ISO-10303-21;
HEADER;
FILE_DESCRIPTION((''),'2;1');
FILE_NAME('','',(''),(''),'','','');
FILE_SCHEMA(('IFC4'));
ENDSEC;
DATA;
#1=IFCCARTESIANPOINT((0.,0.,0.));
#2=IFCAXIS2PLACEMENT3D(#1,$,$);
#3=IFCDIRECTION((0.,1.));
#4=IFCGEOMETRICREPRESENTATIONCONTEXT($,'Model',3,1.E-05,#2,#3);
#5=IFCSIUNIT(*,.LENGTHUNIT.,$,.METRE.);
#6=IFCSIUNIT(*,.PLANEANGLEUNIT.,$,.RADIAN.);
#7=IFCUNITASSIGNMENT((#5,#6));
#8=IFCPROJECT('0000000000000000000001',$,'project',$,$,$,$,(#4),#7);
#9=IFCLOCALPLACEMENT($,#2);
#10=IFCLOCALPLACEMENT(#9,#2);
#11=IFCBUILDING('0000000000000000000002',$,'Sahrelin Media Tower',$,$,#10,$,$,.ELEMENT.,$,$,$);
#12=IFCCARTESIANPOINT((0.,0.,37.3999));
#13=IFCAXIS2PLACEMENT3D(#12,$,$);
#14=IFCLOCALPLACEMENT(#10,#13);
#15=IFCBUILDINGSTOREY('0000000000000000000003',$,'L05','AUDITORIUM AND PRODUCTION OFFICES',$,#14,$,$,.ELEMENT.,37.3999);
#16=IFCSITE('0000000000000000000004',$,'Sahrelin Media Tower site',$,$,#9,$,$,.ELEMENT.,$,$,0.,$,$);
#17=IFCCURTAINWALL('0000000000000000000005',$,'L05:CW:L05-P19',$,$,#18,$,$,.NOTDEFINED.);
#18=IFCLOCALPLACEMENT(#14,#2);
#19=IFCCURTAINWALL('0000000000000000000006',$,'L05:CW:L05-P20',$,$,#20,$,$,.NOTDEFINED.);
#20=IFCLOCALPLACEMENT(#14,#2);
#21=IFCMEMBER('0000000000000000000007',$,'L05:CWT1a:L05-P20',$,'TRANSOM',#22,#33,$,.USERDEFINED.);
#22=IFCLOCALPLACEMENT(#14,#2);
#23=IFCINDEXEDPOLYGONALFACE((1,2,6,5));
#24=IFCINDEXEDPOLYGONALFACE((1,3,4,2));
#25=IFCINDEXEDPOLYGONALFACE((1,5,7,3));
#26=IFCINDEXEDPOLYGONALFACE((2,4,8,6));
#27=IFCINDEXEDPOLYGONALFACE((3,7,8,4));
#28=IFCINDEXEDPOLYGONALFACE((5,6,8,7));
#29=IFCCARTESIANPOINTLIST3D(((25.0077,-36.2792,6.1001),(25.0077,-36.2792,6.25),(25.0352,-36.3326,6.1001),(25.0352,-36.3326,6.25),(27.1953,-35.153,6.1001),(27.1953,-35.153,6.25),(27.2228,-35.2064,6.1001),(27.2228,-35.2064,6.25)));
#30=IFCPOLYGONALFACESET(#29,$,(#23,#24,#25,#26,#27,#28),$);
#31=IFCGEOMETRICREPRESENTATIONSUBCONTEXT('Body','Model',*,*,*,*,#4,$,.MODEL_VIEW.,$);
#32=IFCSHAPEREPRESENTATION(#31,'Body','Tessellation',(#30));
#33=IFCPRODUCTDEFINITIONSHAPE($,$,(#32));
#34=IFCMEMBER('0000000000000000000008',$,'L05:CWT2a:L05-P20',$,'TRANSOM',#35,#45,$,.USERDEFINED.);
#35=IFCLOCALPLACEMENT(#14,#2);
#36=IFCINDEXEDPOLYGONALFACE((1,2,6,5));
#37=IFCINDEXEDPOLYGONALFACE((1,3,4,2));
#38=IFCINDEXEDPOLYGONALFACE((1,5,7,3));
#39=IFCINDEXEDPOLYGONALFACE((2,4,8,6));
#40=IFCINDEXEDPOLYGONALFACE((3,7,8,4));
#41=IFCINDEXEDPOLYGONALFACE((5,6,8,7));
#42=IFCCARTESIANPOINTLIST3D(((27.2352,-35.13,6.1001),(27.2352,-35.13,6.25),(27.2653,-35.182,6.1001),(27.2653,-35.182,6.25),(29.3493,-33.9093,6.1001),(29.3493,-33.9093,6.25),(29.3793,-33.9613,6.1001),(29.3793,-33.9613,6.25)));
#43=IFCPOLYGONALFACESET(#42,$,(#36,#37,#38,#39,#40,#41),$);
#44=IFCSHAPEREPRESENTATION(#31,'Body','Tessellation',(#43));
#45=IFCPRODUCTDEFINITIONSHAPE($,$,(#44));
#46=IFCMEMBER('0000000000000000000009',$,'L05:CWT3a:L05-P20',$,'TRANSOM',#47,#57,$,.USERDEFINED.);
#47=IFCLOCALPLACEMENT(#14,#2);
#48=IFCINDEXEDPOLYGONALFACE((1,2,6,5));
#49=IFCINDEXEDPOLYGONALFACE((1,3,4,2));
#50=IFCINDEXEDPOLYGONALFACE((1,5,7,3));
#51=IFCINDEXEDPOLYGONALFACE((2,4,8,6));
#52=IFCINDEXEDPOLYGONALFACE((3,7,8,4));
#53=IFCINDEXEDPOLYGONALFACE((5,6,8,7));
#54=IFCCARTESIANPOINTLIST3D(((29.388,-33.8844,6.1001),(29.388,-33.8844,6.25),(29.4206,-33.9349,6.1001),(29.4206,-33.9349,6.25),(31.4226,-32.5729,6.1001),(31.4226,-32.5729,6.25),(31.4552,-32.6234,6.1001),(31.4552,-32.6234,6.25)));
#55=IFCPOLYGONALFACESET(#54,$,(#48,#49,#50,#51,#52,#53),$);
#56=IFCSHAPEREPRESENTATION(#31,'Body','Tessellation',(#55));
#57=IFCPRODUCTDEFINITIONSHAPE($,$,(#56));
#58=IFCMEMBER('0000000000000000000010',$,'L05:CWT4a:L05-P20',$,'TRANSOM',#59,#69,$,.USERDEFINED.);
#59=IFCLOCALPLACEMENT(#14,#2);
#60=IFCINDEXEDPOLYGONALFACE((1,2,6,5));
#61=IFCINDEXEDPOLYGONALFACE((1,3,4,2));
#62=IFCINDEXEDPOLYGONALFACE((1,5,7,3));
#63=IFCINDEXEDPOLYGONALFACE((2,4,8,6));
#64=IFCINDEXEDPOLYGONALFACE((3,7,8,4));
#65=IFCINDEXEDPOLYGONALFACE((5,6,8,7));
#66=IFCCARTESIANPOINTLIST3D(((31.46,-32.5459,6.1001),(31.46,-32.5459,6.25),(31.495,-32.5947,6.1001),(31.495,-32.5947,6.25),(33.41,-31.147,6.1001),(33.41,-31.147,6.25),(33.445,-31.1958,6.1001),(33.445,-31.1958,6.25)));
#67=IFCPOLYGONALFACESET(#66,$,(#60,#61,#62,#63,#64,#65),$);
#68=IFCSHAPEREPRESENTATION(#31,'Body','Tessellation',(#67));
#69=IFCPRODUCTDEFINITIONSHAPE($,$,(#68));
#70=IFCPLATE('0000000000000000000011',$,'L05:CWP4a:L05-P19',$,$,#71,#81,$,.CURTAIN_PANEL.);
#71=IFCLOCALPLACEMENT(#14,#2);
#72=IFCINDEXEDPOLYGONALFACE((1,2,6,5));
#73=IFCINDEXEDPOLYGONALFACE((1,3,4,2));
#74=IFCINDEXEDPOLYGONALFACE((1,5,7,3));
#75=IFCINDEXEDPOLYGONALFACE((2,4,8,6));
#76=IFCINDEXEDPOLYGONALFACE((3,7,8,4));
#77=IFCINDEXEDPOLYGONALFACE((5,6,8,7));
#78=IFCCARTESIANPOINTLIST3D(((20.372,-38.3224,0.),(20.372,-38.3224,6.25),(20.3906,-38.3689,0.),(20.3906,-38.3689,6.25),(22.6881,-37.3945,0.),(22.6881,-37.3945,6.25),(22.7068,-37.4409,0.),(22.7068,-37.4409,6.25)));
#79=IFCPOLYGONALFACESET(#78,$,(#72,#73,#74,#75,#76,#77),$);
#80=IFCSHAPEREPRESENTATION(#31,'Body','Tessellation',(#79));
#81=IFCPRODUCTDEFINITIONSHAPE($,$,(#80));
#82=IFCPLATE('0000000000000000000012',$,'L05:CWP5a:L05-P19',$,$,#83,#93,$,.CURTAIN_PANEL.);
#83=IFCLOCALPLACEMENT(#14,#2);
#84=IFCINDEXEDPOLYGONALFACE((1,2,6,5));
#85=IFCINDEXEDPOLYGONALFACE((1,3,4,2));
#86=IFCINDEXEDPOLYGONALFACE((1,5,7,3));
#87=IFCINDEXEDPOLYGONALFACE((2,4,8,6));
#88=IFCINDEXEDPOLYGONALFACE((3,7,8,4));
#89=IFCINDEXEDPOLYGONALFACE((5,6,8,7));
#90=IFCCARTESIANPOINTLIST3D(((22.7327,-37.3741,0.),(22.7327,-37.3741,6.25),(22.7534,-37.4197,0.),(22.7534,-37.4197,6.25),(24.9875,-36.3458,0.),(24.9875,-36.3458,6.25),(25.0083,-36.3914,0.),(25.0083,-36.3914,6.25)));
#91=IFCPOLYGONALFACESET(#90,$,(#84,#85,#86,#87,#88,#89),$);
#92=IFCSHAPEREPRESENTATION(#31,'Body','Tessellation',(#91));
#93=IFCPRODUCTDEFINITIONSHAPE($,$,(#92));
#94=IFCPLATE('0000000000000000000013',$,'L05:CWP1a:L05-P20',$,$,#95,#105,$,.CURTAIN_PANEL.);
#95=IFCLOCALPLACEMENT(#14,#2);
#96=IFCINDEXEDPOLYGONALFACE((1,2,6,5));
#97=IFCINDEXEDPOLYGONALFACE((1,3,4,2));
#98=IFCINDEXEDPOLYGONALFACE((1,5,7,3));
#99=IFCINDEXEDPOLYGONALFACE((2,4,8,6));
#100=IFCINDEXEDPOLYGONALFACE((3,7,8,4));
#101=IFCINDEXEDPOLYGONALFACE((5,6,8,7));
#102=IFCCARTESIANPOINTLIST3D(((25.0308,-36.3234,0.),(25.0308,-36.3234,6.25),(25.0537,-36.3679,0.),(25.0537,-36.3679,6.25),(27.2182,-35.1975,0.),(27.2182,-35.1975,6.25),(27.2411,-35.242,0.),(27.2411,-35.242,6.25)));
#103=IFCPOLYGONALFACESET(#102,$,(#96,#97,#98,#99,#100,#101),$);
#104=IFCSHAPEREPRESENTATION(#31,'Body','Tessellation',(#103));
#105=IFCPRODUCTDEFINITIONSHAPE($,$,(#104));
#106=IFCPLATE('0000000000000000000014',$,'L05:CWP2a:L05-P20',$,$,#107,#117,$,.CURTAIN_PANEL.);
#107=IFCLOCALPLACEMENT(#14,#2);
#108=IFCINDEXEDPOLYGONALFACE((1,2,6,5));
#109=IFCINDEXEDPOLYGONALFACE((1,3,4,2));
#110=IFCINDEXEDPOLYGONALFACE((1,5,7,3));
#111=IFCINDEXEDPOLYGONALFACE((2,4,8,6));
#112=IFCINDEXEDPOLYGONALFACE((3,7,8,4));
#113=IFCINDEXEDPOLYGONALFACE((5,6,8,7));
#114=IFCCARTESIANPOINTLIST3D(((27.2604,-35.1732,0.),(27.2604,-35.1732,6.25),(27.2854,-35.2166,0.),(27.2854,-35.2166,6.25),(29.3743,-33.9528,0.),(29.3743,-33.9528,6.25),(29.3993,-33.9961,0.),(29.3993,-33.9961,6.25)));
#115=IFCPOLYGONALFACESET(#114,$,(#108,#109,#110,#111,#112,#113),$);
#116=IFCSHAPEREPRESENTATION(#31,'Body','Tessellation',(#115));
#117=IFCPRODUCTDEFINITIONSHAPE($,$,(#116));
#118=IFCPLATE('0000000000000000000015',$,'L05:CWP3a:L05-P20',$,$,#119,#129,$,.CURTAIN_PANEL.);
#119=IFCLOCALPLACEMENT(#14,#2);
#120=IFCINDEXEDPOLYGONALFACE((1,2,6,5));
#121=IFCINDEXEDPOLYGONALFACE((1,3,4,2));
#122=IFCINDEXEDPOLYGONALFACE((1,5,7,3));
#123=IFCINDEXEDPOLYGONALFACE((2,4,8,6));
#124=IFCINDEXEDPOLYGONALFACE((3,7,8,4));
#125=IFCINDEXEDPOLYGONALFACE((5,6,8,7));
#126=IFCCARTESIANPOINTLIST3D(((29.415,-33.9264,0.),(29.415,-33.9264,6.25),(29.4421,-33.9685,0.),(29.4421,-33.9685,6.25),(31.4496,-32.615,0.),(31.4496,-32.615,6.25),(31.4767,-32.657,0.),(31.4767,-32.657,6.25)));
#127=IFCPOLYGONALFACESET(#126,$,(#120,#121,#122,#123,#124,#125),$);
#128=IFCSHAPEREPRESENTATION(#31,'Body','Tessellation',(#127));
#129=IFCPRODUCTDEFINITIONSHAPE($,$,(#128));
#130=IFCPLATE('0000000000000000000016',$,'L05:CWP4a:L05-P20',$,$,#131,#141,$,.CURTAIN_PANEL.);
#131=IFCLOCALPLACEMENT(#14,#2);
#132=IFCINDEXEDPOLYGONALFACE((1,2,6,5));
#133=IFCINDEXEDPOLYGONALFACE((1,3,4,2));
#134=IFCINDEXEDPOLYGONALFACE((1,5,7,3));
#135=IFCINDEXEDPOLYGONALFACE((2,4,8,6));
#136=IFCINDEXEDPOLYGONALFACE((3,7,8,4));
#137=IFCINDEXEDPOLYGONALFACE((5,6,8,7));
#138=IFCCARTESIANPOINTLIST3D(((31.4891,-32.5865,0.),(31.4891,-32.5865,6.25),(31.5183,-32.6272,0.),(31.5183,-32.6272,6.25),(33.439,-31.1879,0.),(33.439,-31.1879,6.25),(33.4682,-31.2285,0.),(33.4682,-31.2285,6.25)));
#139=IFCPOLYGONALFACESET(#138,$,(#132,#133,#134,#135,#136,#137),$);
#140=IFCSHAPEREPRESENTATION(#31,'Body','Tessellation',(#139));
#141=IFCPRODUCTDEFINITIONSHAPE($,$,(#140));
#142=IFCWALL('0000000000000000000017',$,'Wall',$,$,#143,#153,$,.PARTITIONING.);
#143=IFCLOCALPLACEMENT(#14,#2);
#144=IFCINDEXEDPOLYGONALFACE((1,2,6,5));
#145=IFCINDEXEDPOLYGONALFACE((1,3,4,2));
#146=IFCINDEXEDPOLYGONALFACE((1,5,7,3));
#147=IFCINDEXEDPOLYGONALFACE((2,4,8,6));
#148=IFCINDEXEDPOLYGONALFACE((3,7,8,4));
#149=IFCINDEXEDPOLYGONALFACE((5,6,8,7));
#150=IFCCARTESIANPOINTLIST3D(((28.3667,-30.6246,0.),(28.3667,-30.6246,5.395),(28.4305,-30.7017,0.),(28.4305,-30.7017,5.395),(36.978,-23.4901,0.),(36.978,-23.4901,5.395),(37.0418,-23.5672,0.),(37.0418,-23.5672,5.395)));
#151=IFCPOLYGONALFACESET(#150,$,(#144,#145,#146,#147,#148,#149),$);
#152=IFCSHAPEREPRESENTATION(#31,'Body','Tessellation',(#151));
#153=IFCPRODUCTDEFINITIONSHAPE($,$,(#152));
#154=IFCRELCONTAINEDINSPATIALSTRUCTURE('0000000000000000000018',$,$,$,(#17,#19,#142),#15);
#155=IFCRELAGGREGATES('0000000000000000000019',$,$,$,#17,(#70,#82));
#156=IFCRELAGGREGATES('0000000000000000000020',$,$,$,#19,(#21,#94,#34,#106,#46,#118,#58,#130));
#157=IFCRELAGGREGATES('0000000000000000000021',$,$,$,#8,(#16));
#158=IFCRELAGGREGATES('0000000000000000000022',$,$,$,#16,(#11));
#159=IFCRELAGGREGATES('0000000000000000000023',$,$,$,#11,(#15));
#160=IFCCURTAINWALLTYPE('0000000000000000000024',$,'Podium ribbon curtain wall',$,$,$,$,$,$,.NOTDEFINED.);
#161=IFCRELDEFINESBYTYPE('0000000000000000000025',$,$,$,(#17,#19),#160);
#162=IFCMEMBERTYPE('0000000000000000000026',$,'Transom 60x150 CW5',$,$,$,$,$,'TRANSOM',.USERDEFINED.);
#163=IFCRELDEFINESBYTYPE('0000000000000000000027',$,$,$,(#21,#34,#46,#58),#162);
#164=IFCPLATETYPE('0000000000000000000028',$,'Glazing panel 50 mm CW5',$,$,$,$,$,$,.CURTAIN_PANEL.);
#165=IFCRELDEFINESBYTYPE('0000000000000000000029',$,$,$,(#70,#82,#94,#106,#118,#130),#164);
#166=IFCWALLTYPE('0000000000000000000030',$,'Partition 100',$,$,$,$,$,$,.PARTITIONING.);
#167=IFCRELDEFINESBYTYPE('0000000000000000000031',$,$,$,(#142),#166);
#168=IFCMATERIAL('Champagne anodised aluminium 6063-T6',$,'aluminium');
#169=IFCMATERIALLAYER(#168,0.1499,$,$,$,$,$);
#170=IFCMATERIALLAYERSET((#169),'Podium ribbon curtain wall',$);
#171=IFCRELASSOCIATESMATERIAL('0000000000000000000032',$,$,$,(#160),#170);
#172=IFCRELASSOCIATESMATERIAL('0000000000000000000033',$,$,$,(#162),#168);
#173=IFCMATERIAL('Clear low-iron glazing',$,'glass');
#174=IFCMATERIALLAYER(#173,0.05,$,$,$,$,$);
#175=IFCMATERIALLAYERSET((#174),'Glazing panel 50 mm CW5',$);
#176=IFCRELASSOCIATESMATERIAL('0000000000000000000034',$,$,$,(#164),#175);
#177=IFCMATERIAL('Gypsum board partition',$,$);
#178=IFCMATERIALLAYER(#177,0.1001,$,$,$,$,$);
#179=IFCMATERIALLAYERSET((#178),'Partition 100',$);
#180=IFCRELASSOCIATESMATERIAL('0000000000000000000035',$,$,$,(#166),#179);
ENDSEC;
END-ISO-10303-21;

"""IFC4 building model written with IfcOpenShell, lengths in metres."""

from ifc_helpers import new_model, si_unit, direction, frame, frame_2d, origin, origin_2d, place, context, subcontext, project, spatial, polyline, rectangle, outline, extrude, material, layer, layer_set, material_profile, profile_set, type_object, element, aggregate, save


model = new_model("IFC4")

# Units and contexts
model_context = context("Model", 3, precision=1e-05, world=origin(), true_north=direction((0.0, 1.0)))
body_context = subcontext(model_context, "Body", "Model", "MODEL_VIEW")
ifc_project = project(units=[si_unit("LENGTHUNIT", "METRE"), si_unit("PLANEANGLEUNIT", "RADIAN")], contexts=[model_context])

# Site, building, storey
site_placement = place(None, origin())
site = spatial("IfcSite", under=ifc_project, at=site_placement, Name="Sahrelin Media Tower site", CompositionType="ELEMENT", RefElevation=0.0)
building_placement = place(site_placement, origin())
building = spatial("IfcBuilding", under=site, at=building_placement, Name="Sahrelin Media Tower", CompositionType="ELEMENT")
storey_placement = place(building_placement, frame((0.0, 0.0, 37.3999)))
storey = spatial("IfcBuildingStorey", under=building, at=storey_placement, Name="L05", Description="AUDITORIUM AND PRODUCTION OFFICES", CompositionType="ELEMENT", Elevation=37.3999)

# Curtain walls
ifc_material_1 = material(Name="Champagne anodised aluminium 6063-T6", Category="aluminium")
ifc_layer_1 = layer(ifc_material_1, 0.1499)
ifc_layer_set_1 = layer_set([ifc_layer_1], Name="Podium ribbon curtain wall")
curtain_wall_type = type_object("IfcCurtainWallType", Name="Podium ribbon curtain wall", PredefinedType="NOTDEFINED", material=ifc_layer_set_1)
curtain_wall_1_placement = place(storey_placement, frame((12.9409, -40.5688, 0.0), z_axis=(0.0, 0.0, 1.0), x_axis=(1.0, 0.0, 0.0)))
curtain_wall_1 = element("IfcCurtainWall", 1, at=curtain_wall_1_placement, inside=storey, type_object=curtain_wall_type, Name="L05:CW:L05-P19", PredefinedType="NOTDEFINED")
curtain_wall_2_placement = place(storey_placement, frame((25.0, -36.373, 0.0), z_axis=(0.0, 0.0, 1.0), x_axis=(1.0, 0.0, 0.0)))
curtain_wall_2 = element("IfcCurtainWall", 2, at=curtain_wall_2_placement, inside=storey, type_object=curtain_wall_type, Name="L05:CW:L05-P20", PredefinedType="NOTDEFINED")

# Members
ifc_material_profile_1 = material_profile(ifc_material_1, rectangle(XDim=0.0601, YDim=0.1499, at=origin_2d()), Name="Transom 60x150")
ifc_profile_set_1 = profile_set([ifc_material_profile_1], Name="Champagne anodised aluminium 6063-T6")
member_type_1 = type_object("IfcMemberType", Name="Transom 60x150 CW5", ElementType="TRANSOM", PredefinedType="USERDEFINED", material=ifc_profile_set_1)
member_1_placement = place(storey_placement, frame((25.0215, -36.3059, 6.175), z_axis=(0.889086, 0.45774, 0.0), x_axis=(-0.45774, 0.889086, 0.0)))
member_1 = element("IfcMember", 3, at=member_1_placement, type_object=member_type_1, Name="L05:CWT1a:L05-P20", ObjectType="TRANSOM", PredefinedType="USERDEFINED", context=body_context, shape_type="SweptSolid", body=[
    extrude(rectangle(XDim=0.0601, YDim=0.1499, at=origin_2d()), origin(), (0.0, 0.0, 1.0), 2.4604),
])
member_2_placement = place(storey_placement, frame((27.2502, -35.156, 6.175), z_axis=(0.865994, 0.500054, 0.0), x_axis=(-0.500054, 0.865994, 0.0)))
member_2 = element("IfcMember", 4, at=member_2_placement, type_object=member_type_1, Name="L05:CWT2a:L05-P20", ObjectType="TRANSOM", PredefinedType="USERDEFINED", context=body_context, shape_type="SweptSolid", body=[
    extrude(rectangle(XDim=0.0601, YDim=0.1499, at=origin_2d()), origin(), (0.0, 0.0, 1.0), 2.4412),
])
member_3_placement = place(storey_placement, frame((29.4043, -33.9097, 6.175), z_axis=(0.840516, 0.541787, 0.0), x_axis=(-0.541787, 0.840516, 0.0)))
member_3 = element("IfcMember", 5, at=member_3_placement, type_object=member_type_1, Name="L05:CWT3a:L05-P20", ObjectType="TRANSOM", PredefinedType="USERDEFINED", context=body_context, shape_type="SweptSolid", body=[
    extrude(rectangle(XDim=0.0601, YDim=0.1499, at=origin_2d()), origin(), (0.0, 0.0, 1.0), 2.4207),
])
member_4_placement = place(storey_placement, frame((31.4775, -32.5703, 6.175), z_axis=(0.812529, 0.582921, 0.0), x_axis=(-0.582921, 0.812529, 0.0)))
member_4 = element("IfcMember", 6, at=member_4_placement, type_object=member_type_1, Name="L05:CWT4a:L05-P20", ObjectType="TRANSOM", PredefinedType="USERDEFINED", context=body_context, shape_type="SweptSolid", body=[
    extrude(rectangle(XDim=0.0601, YDim=0.1499, at=origin_2d()), origin(), (0.0, 0.0, 1.0), 2.3999),
])

# Plates
ifc_material_2 = material(Name="Clear low-iron glazing", Category="glass")
ifc_layer_2 = layer(ifc_material_2, 0.05)
ifc_layer_set_2 = layer_set([ifc_layer_2], Name="Glazing panel 50 mm CW5")
plate_type = type_object("IfcPlateType", Name="Glazing panel 50 mm CW5", PredefinedType="CURTAIN_PANEL", material=ifc_layer_set_2)
plate_1_placement = place(storey_placement, frame((20.3906, -38.3689, 0.0), z_axis=(0.371914, -0.928267, 0.0), x_axis=(0.928267, 0.371914, 0.0)))
plate_1 = element("IfcPlate", 7, at=plate_1_placement, type_object=plate_type, Name="L05:CWP4a:L05-P19", PredefinedType="CURTAIN_PANEL", context=body_context, shape_type="SweptSolid", body=[
    extrude(outline(polyline([(0.0, 0.0), (2.4951, 0.0), (2.4951, 6.25), (0.0, 6.25), (0.0, 0.0)])), origin(), (0.0, 0.0, -1.0), 0.05),
])
plate_2_placement = place(storey_placement, frame((22.7534, -37.4197, 0.0), z_axis=(0.414931, -0.909853, 0.0), x_axis=(0.909853, 0.414931, 0.0)))
plate_2 = element("IfcPlate", 8, at=plate_2_placement, type_object=plate_type, Name="L05:CWP5a:L05-P19", PredefinedType="CURTAIN_PANEL", context=body_context, shape_type="SweptSolid", body=[
    extrude(outline(polyline([(0.0, 0.0), (2.4783, 0.0), (2.4783, 6.25), (0.0, 6.25), (0.0, 0.0)])), origin(), (0.0, 0.0, -1.0), 0.05),
])
aggregate(curtain_wall_1, [plate_1, plate_2])
plate_3_placement = place(storey_placement, frame((25.0537, -36.3679, 0.0), z_axis=(0.457662, -0.889126, 0.0), x_axis=(0.889126, 0.457662, 0.0)))
plate_3 = element("IfcPlate", 9, at=plate_3_placement, type_object=plate_type, Name="L05:CWP1a:L05-P20", PredefinedType="CURTAIN_PANEL", context=body_context, shape_type="SweptSolid", body=[
    extrude(outline(polyline([(0.0, 0.0), (2.4602, 0.0), (2.4602, 6.25), (0.0, 6.25), (0.0, 0.0)])), origin(), (0.0, 0.0, -1.0), 0.05),
])
plate_4_placement = place(storey_placement, frame((27.2854, -35.2166, 0.0), z_axis=(0.499979, -0.866037, 0.0), x_axis=(0.866037, 0.499979, 0.0)))
plate_4 = element("IfcPlate", 10, at=plate_4_placement, type_object=plate_type, Name="L05:CWP2a:L05-P20", PredefinedType="CURTAIN_PANEL", context=body_context, shape_type="SweptSolid", body=[
    extrude(outline(polyline([(0.0, 0.0), (2.4409, 0.0), (2.4409, 6.25), (0.0, 6.25), (0.0, 0.0)])), origin(), (0.0, 0.0, -1.0), 0.05),
])
plate_5_placement = place(storey_placement, frame((29.4421, -33.9685, 0.0), z_axis=(0.541787, -0.840516, 0.0), x_axis=(0.840516, 0.541787, 0.0)))
plate_5 = element("IfcPlate", 11, at=plate_5_placement, type_object=plate_type, Name="L05:CWP3a:L05-P20", PredefinedType="CURTAIN_PANEL", context=body_context, shape_type="SweptSolid", body=[
    extrude(outline(polyline([(0.0, 0.0), (2.4207, 0.0), (2.4207, 6.25), (0.0, 6.25), (0.0, 0.0)])), origin(), (0.0, 0.0, -1.0), 0.05),
])
plate_6_placement = place(storey_placement, frame((31.5183, -32.6272, 0.0), z_axis=(0.582854, -0.812577, 0.0), x_axis=(0.812577, 0.582854, 0.0)))
plate_6 = element("IfcPlate", 12, at=plate_6_placement, type_object=plate_type, Name="L05:CWP4a:L05-P20", PredefinedType="CURTAIN_PANEL", context=body_context, shape_type="SweptSolid", body=[
    extrude(outline(polyline([(0.0, 0.0), (2.3997, 0.0), (2.3997, 6.25), (0.0, 6.25), (0.0, 0.0)])), origin(), (0.0, 0.0, -1.0), 0.05),
])
aggregate(curtain_wall_2, [member_1, plate_3, member_2, plate_4, member_3, plate_5, member_4, plate_6])

# Wall
ifc_material_3 = material(Name="Gypsum board partition")
ifc_layer_3 = layer(ifc_material_3, 0.1001)
ifc_layer_set_3 = layer_set([ifc_layer_3], Name="Partition 100")
wall_type = type_object("IfcWallType", Name="Partition 100", PredefinedType="PARTITIONING", material=ifc_layer_set_3)
wall_placement = place(storey_placement, frame((28.3987, -30.6631, 0.0), z_axis=(0.0, 0.0, 1.0), x_axis=(0.770047, 0.637987, 0.0)))
element("IfcWall", 13, at=wall_placement, inside=storey, type_object=wall_type, Name="Wall", PredefinedType="PARTITIONING", context=body_context, shape_type="SweptSolid", body=[
    extrude(rectangle(XDim=11.1829, YDim=0.1001, at=frame_2d((5.5913, 0.0))), origin(), (0.0, 0.0, 1.0), 5.395),
])

save(model, "model.ifc")
